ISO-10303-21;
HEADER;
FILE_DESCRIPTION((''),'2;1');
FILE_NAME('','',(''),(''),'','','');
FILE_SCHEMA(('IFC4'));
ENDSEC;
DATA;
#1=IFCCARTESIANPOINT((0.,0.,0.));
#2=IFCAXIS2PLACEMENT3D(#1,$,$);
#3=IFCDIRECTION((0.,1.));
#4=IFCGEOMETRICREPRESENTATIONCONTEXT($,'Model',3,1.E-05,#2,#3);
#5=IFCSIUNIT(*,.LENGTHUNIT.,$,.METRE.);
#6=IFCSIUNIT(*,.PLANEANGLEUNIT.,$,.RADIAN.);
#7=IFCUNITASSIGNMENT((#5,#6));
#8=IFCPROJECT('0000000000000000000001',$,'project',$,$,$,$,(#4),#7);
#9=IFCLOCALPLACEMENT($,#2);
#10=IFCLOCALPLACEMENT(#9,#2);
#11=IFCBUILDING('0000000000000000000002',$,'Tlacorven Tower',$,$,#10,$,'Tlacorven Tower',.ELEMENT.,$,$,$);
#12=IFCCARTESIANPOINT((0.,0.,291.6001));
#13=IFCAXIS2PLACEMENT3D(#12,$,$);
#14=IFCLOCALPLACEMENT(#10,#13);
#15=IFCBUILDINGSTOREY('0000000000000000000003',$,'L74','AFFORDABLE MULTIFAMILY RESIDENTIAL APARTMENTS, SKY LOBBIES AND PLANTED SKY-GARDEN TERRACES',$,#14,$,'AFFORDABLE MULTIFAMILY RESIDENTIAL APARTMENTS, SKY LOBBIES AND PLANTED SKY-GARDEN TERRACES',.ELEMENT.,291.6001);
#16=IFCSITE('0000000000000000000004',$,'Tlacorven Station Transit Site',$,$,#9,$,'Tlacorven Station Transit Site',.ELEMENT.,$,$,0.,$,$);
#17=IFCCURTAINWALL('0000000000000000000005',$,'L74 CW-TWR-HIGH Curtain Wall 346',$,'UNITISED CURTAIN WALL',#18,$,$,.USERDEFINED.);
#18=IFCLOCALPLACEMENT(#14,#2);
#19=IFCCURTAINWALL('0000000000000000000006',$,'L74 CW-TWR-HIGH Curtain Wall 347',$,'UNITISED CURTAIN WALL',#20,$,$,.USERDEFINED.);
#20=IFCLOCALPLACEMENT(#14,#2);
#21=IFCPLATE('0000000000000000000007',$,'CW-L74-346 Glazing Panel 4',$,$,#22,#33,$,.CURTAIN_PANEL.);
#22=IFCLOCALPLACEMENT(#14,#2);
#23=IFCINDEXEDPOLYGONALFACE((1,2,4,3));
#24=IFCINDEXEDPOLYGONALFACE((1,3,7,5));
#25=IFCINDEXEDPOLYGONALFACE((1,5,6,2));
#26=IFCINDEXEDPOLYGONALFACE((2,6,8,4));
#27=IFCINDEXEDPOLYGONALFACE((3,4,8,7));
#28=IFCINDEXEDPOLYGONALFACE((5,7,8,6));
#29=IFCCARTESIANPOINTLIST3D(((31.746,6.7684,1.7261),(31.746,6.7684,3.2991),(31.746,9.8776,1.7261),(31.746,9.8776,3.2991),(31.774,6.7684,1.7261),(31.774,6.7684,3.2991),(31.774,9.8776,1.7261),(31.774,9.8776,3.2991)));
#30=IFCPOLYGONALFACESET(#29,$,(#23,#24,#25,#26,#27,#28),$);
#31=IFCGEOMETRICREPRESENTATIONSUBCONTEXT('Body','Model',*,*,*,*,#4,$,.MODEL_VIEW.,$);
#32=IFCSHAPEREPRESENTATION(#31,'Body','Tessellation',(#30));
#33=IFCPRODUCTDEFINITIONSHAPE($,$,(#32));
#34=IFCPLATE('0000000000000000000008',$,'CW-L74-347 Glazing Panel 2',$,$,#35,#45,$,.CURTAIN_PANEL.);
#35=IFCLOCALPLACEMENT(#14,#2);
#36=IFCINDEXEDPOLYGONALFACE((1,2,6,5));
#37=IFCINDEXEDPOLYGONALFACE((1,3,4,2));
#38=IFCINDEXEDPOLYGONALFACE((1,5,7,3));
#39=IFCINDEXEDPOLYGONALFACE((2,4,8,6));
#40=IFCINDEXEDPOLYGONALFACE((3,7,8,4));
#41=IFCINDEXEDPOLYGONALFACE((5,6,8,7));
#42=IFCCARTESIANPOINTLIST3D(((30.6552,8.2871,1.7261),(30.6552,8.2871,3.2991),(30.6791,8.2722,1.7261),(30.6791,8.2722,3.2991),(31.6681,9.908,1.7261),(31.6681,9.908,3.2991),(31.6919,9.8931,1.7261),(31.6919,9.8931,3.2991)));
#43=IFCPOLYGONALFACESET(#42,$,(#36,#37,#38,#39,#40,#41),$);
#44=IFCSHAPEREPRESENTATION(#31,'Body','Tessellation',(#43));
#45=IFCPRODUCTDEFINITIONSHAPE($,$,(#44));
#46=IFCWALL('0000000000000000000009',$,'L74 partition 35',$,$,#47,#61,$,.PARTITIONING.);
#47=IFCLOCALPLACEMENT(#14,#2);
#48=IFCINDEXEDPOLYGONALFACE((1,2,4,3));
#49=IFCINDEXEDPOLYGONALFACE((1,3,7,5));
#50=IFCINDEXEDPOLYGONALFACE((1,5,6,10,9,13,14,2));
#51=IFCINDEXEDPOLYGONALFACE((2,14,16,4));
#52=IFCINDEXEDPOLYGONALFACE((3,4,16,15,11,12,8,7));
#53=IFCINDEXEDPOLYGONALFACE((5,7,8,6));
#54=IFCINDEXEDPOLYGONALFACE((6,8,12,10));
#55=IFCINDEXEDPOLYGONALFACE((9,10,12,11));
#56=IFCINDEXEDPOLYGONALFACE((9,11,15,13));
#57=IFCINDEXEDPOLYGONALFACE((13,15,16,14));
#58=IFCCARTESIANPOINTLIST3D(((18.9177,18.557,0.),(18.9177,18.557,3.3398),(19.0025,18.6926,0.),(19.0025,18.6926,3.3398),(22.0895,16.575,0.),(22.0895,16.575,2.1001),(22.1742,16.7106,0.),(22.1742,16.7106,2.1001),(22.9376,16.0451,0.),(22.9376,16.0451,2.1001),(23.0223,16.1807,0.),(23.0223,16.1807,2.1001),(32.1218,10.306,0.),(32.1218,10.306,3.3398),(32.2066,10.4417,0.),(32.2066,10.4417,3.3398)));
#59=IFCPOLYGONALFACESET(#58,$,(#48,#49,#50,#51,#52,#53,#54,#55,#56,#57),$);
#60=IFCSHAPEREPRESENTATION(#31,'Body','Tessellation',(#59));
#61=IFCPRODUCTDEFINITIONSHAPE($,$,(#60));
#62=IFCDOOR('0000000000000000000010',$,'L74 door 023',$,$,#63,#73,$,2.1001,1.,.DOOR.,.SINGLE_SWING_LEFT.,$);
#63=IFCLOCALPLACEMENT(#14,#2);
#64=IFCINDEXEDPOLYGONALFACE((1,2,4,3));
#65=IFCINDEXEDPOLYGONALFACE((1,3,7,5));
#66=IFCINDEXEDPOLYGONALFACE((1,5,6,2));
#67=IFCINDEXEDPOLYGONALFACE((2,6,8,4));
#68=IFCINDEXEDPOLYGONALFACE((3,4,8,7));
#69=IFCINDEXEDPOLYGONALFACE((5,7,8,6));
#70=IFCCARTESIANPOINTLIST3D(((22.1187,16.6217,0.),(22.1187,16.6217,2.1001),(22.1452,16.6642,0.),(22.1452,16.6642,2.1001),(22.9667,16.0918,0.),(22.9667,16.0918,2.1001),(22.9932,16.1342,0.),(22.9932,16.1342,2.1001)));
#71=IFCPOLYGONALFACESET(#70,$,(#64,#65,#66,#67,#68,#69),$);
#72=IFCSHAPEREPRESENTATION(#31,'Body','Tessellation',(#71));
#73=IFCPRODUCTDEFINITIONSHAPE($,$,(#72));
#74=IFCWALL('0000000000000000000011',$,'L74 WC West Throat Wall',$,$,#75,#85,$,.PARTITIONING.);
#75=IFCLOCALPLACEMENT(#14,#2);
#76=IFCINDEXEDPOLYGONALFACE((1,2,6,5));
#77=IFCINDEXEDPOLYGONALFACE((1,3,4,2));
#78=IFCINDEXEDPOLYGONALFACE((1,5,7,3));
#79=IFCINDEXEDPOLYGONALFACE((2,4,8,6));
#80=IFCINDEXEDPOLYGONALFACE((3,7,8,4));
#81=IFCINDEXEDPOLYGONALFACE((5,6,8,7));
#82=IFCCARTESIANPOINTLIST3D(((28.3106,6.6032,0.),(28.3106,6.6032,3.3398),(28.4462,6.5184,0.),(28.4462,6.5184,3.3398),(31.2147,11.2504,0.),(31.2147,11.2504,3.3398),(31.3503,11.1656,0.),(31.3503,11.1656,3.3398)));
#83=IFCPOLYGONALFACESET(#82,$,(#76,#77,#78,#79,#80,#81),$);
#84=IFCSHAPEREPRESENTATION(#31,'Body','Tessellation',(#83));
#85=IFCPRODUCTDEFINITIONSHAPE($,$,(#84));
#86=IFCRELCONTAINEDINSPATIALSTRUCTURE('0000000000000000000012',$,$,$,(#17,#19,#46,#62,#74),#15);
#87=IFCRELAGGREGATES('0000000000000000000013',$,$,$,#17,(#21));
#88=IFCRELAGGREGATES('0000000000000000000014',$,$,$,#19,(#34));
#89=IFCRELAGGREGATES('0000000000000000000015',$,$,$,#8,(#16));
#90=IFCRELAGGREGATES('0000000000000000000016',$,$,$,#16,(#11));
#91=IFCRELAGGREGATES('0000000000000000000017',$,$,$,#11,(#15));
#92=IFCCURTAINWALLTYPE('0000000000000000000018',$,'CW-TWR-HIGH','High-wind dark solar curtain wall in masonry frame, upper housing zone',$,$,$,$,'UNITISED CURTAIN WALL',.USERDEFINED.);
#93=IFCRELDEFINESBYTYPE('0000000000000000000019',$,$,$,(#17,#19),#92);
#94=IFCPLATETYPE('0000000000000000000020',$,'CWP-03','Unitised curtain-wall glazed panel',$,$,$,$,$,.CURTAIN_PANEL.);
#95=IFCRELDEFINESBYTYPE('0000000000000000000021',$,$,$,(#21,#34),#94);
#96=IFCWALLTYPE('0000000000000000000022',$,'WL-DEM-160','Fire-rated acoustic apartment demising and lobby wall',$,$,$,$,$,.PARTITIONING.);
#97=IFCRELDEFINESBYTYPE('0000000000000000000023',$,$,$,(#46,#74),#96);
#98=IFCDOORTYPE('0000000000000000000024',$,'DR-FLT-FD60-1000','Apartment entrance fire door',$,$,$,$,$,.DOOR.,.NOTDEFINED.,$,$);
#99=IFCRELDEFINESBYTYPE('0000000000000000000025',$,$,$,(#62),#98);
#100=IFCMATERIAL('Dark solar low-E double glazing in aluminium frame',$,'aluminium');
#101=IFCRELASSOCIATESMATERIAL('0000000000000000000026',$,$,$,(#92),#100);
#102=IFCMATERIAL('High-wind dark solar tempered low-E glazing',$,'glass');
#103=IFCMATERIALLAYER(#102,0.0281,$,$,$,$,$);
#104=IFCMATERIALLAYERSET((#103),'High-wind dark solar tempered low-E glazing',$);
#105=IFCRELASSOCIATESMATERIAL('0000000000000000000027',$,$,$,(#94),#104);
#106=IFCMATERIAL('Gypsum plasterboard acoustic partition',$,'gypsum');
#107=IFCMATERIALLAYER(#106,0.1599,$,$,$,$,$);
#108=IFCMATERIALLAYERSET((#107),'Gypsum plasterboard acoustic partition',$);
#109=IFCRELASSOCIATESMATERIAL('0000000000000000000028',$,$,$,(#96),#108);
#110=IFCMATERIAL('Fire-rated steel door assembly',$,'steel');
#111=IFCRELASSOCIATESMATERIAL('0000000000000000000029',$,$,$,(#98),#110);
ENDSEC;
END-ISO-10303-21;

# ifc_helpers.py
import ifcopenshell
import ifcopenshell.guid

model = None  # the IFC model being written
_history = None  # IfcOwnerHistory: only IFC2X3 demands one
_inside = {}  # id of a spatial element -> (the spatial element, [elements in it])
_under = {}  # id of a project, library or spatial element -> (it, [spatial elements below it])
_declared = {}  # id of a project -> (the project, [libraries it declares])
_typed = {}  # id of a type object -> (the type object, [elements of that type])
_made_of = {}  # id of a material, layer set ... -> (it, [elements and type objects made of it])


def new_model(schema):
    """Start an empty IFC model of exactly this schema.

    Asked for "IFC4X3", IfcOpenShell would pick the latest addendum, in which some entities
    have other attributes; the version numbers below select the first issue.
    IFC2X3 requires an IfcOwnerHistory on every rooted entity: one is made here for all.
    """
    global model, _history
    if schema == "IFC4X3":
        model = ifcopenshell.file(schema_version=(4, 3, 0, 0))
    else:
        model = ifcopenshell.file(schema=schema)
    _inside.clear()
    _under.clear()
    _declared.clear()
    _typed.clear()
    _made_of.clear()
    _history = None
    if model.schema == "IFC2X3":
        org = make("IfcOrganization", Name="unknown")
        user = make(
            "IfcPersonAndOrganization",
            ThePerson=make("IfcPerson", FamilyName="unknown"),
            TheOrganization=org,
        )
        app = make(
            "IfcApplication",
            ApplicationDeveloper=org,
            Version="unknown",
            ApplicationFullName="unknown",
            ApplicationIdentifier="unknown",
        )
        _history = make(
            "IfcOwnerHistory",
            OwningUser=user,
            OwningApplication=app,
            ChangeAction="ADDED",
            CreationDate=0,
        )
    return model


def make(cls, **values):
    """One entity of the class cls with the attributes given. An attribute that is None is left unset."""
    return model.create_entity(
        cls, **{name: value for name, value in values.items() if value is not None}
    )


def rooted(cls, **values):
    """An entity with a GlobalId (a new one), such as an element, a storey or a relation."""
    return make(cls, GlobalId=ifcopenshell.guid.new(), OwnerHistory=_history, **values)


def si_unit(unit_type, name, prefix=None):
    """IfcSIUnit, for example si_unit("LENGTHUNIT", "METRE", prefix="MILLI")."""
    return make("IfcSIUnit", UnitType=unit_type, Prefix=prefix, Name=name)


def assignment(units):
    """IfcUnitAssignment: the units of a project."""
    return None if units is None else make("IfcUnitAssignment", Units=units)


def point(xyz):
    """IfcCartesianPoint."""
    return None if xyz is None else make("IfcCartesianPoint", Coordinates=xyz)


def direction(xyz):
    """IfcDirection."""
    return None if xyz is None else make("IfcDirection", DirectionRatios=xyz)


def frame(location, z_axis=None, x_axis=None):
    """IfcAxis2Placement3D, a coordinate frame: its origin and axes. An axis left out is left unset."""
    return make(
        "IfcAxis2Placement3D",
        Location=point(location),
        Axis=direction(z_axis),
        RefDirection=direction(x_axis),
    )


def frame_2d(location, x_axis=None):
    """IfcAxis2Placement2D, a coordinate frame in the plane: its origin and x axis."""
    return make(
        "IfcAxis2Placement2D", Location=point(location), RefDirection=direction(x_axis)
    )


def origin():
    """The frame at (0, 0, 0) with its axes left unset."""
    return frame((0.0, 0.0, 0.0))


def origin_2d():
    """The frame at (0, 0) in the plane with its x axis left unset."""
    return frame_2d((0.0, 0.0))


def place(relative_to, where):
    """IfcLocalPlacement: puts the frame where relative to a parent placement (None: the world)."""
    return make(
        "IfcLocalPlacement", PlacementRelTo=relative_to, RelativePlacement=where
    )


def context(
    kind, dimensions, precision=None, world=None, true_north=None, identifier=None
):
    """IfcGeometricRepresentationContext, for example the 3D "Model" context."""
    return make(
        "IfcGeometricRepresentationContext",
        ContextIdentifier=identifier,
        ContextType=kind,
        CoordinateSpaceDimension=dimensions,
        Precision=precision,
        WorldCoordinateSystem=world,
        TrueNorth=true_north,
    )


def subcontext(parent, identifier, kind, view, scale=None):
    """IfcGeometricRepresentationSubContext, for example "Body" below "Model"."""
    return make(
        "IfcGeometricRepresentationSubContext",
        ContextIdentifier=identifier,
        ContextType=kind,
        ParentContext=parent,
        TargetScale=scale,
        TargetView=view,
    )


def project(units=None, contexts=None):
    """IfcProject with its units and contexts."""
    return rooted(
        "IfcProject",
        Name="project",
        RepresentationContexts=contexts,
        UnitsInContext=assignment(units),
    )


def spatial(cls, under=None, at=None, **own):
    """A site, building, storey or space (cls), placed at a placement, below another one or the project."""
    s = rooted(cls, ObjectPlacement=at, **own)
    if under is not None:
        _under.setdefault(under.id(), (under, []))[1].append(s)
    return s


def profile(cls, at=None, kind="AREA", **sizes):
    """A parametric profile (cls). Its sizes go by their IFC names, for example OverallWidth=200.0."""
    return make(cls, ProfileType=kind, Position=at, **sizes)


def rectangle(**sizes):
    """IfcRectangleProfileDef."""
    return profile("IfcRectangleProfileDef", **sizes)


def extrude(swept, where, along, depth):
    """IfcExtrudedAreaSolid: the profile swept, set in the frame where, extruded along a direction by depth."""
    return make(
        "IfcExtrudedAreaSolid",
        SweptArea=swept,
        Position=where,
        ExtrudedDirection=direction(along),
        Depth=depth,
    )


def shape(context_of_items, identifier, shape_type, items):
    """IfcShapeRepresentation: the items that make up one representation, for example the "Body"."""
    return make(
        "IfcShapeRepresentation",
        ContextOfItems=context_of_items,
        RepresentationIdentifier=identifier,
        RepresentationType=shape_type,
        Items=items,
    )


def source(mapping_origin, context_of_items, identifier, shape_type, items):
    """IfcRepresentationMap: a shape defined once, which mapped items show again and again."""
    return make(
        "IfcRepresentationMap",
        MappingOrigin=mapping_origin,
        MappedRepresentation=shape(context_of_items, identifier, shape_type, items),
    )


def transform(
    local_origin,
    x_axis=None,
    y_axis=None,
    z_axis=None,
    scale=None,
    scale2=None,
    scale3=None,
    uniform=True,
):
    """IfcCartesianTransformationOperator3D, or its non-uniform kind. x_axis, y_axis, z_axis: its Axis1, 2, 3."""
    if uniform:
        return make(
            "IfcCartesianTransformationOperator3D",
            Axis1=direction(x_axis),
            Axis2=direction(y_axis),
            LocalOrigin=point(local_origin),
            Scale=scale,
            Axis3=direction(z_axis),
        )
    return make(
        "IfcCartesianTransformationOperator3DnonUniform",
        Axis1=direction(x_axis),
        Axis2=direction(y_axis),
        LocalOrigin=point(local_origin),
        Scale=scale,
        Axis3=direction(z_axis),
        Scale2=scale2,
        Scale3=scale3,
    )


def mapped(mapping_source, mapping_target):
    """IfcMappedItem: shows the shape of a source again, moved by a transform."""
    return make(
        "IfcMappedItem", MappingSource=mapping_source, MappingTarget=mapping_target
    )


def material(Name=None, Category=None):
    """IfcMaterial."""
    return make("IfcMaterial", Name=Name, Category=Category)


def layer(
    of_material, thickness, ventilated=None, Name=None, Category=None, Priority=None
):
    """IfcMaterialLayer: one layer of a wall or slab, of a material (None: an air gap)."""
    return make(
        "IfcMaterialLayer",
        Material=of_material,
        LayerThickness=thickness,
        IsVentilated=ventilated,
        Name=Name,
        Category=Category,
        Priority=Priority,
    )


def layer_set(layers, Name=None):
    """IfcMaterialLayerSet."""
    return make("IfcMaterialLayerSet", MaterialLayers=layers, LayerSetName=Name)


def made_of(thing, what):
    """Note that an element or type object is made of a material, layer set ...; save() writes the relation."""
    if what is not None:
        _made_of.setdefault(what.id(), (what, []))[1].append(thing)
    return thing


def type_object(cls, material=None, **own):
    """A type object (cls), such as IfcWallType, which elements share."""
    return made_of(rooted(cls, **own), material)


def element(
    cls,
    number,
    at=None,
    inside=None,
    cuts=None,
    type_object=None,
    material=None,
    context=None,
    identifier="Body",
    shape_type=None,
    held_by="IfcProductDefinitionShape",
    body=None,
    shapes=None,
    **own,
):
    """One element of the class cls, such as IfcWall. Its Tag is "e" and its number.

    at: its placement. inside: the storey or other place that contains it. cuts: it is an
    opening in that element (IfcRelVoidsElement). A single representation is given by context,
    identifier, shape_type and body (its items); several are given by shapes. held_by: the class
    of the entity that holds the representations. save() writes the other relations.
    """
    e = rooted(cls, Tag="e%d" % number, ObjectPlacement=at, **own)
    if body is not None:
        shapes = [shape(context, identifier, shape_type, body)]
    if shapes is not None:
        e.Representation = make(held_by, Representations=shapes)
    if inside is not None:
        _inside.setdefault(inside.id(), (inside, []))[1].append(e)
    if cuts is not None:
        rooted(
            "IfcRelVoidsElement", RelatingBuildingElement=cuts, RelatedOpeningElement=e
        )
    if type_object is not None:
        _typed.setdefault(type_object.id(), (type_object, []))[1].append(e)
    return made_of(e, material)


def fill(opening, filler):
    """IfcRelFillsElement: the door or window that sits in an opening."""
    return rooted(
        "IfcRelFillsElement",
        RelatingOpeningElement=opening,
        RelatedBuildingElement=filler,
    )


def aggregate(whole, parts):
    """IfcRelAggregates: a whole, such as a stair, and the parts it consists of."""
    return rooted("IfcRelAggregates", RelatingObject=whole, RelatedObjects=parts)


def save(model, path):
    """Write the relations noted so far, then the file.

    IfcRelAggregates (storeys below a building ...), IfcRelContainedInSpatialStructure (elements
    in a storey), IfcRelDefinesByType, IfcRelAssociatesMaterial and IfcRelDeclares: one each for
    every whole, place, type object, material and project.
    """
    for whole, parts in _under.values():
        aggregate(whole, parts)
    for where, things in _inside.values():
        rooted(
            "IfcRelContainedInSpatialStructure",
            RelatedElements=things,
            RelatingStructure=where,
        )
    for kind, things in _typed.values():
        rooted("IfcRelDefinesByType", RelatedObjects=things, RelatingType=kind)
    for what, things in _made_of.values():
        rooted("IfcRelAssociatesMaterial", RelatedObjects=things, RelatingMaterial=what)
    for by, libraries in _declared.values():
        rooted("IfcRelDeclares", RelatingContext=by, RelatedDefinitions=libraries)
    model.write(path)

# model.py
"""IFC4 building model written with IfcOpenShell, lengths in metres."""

from ifc_helpers import new_model, si_unit, direction, frame, frame_2d, origin, origin_2d, place, context, subcontext, project, spatial, rectangle, extrude, source, transform, mapped, material, layer, layer_set, type_object, element, fill, aggregate, save


model = new_model("IFC4")

# Units and contexts
model_context = context("Model", 3, precision=1e-05, world=origin(), true_north=direction((0.0, 1.0)))
body_context = subcontext(model_context, "Body", "Model", "MODEL_VIEW")
ifc_project = project(units=[si_unit("LENGTHUNIT", "METRE"), si_unit("PLANEANGLEUNIT", "RADIAN")], contexts=[model_context])

# Site, building, storey
site_placement = place(None, origin())
site = spatial("IfcSite", under=ifc_project, at=site_placement, Name="Tlacorven Station Transit Site", LongName="Tlacorven Station Transit Site", CompositionType="ELEMENT", RefElevation=0.0)
building_placement = place(site_placement, origin())
building = spatial("IfcBuilding", under=site, at=building_placement, Name="Tlacorven Tower", LongName="Tlacorven Tower", CompositionType="ELEMENT")
storey_placement = place(building_placement, frame((0.0, 0.0, 291.6001)))
storey = spatial("IfcBuildingStorey", under=building, at=storey_placement, Name="L74", Description="AFFORDABLE MULTIFAMILY RESIDENTIAL APARTMENTS, SKY LOBBIES AND PLANTED SKY-GARDEN TERRACES", LongName="AFFORDABLE MULTIFAMILY RESIDENTIAL APARTMENTS, SKY LOBBIES AND PLANTED SKY-GARDEN TERRACES", CompositionType="ELEMENT", Elevation=291.6001)

# Curtain wall
ifc_material_1 = material(Name="Dark solar low-E double glazing in aluminium frame", Category="aluminium")
curtain_wall_type = type_object("IfcCurtainWallType", Name="CW-TWR-HIGH", Description="High-wind dark solar curtain wall in masonry frame, upper housing zone", ElementType="UNITISED CURTAIN WALL", PredefinedType="USERDEFINED", material=ifc_material_1)
curtain_wall_1_placement = place(storey_placement, origin())
curtain_wall_1 = element("IfcCurtainWall", 1, at=curtain_wall_1_placement, inside=storey, type_object=curtain_wall_type, Name="L74 CW-TWR-HIGH Curtain Wall 346", ObjectType="UNITISED CURTAIN WALL", PredefinedType="USERDEFINED")

# Curtain wall
curtain_wall_2_placement = place(storey_placement, origin())
curtain_wall_2 = element("IfcCurtainWall", 2, at=curtain_wall_2_placement, inside=storey, type_object=curtain_wall_type, Name="L74 CW-TWR-HIGH Curtain Wall 347", ObjectType="UNITISED CURTAIN WALL", PredefinedType="USERDEFINED")

# Plates
ifc_material_2 = material(Name="High-wind dark solar tempered low-E glazing", Category="glass")
ifc_layer_1 = layer(ifc_material_2, 0.0281)
ifc_layer_set_1 = layer_set([ifc_layer_1], Name="High-wind dark solar tempered low-E glazing")
plate_type = type_object("IfcPlateType", Name="CWP-03", Description="Unitised curtain-wall glazed panel", PredefinedType="CURTAIN_PANEL", material=ifc_layer_set_1)
shared_shape_1 = source(origin(), body_context, "Body", "SweptSolid", [
    extrude(rectangle(XDim=3.1091, YDim=0.0281, at=origin_2d()), origin(), (0.0, 0.0, 1.0), 1.573),
])
plate_1_placement = place(storey_placement, frame((31.76, 8.323, 1.7261), z_axis=(0.0, 0.0, 1.0), x_axis=(0.0, 1.0, 0.0)))
plate_1 = element("IfcPlate", 3, at=plate_1_placement, type_object=plate_type, Name="CW-L74-346 Glazing Panel 4", PredefinedType="CURTAIN_PANEL", context=body_context, shape_type="MappedRepresentation", body=[
    mapped(shared_shape_1, transform((0.0, 0.0, 0.0), scale=1.0)),
])
aggregate(curtain_wall_1, [plate_1])
shared_shape_2 = source(origin(), body_context, "Body", "SweptSolid", [
    extrude(rectangle(XDim=1.9114, YDim=0.0281, at=origin_2d()), origin(), (0.0, 0.0, 1.0), 1.573),
])
plate_2_placement = place(storey_placement, frame((31.1736, 9.0901, 1.7261), z_axis=(0.0, 0.0, 1.0), x_axis=(-0.529919, -0.848048, 0.0)))
plate_2 = element("IfcPlate", 4, at=plate_2_placement, type_object=plate_type, Name="CW-L74-347 Glazing Panel 2", PredefinedType="CURTAIN_PANEL", context=body_context, shape_type="MappedRepresentation", body=[
    mapped(shared_shape_2, transform((0.0, 0.0, 0.0), scale=1.0)),
])
aggregate(curtain_wall_2, [plate_2])

# Wall, opening, door
ifc_material_3 = material(Name="Gypsum plasterboard acoustic partition", Category="gypsum")
ifc_layer_2 = layer(ifc_material_3, 0.1599)
ifc_layer_set_2 = layer_set([ifc_layer_2], Name="Gypsum plasterboard acoustic partition")
wall_type = type_object("IfcWallType", Name="WL-DEM-160", Description="Fire-rated acoustic apartment demising and lobby wall", PredefinedType="PARTITIONING", material=ifc_layer_set_2)
wall_1_placement = place(storey_placement, frame((32.1643, 10.3738, 0.0), z_axis=(0.0, 0.0, 1.0), x_axis=(-0.848044, 0.529926, 0.0)))
wall_1 = element("IfcWall", 5, at=wall_1_placement, inside=storey, type_object=wall_type, Name="L74 partition 35", PredefinedType="PARTITIONING", context=body_context, shape_type="SweptSolid", body=[
    extrude(rectangle(XDim=15.5701, YDim=0.1599, at=frame_2d((7.7852, 0.0))), origin(), (0.0, 0.0, 1.0), 3.3398),
])
opening_placement = place(wall_1_placement, frame((10.8301, 0.0, 0.0)))
opening = element("IfcOpeningElement", 6, at=opening_placement, cuts=wall_1, PredefinedType="OPENING", context=body_context, shape_type="SweptSolid", body=[
    extrude(rectangle(XDim=1.0, YDim=2.1001, at=frame_2d((0.5, 1.05))), frame((0.0, 0.0898, 0.0), z_axis=(0.0, -1.0, 0.0), x_axis=(1.0, 0.0, 0.0)), (0.0, 0.0, 1.0), 0.1799),
])
ifc_material_4 = material(Name="Fire-rated steel door assembly", Category="steel")
door_type = type_object("IfcDoorType", Name="DR-FLT-FD60-1000", Description="Apartment entrance fire door", OperationType="NOTDEFINED", PredefinedType="DOOR", material=ifc_material_4)
shared_shape_3 = source(origin(), body_context, "Body", "SweptSolid", [
    extrude(rectangle(XDim=1.0, YDim=2.1001, at=frame_2d((0.5, 1.05))), frame((0.0, 0.0249, 0.0), z_axis=(0.0, -1.0, 0.0), x_axis=(1.0, 0.0, 0.0)), (0.0, 0.0, 1.0), 0.05),
])
door_placement = place(opening_placement, origin())
door = element("IfcDoor", 7, at=door_placement, inside=storey, type_object=door_type, Name="L74 door 023", OperationType="SINGLE_SWING_LEFT", OverallHeight=2.1001, OverallWidth=1.0, PredefinedType="DOOR", context=body_context, shape_type="MappedRepresentation", body=[
    mapped(shared_shape_3, transform((0.0, 0.0, 0.0), scale=1.0)),
])
fill(opening, door)

# Wall
wall_2_placement = place(storey_placement, frame((31.2825, 11.208, 0.0), z_axis=(0.0, 0.0, 1.0), x_axis=(-0.529939, -0.848036, 0.0)))
element("IfcWall", 8, at=wall_2_placement, inside=storey, type_object=wall_type, Name="L74 WC West Throat Wall", PredefinedType="PARTITIONING", context=body_context, shape_type="SweptSolid", body=[
    extrude(rectangle(XDim=5.48, YDim=0.1599, at=frame_2d((2.74, 0.0))), origin(), (0.0, 0.0, 1.0), 3.3398),
])

save(model, "model.ifc")
